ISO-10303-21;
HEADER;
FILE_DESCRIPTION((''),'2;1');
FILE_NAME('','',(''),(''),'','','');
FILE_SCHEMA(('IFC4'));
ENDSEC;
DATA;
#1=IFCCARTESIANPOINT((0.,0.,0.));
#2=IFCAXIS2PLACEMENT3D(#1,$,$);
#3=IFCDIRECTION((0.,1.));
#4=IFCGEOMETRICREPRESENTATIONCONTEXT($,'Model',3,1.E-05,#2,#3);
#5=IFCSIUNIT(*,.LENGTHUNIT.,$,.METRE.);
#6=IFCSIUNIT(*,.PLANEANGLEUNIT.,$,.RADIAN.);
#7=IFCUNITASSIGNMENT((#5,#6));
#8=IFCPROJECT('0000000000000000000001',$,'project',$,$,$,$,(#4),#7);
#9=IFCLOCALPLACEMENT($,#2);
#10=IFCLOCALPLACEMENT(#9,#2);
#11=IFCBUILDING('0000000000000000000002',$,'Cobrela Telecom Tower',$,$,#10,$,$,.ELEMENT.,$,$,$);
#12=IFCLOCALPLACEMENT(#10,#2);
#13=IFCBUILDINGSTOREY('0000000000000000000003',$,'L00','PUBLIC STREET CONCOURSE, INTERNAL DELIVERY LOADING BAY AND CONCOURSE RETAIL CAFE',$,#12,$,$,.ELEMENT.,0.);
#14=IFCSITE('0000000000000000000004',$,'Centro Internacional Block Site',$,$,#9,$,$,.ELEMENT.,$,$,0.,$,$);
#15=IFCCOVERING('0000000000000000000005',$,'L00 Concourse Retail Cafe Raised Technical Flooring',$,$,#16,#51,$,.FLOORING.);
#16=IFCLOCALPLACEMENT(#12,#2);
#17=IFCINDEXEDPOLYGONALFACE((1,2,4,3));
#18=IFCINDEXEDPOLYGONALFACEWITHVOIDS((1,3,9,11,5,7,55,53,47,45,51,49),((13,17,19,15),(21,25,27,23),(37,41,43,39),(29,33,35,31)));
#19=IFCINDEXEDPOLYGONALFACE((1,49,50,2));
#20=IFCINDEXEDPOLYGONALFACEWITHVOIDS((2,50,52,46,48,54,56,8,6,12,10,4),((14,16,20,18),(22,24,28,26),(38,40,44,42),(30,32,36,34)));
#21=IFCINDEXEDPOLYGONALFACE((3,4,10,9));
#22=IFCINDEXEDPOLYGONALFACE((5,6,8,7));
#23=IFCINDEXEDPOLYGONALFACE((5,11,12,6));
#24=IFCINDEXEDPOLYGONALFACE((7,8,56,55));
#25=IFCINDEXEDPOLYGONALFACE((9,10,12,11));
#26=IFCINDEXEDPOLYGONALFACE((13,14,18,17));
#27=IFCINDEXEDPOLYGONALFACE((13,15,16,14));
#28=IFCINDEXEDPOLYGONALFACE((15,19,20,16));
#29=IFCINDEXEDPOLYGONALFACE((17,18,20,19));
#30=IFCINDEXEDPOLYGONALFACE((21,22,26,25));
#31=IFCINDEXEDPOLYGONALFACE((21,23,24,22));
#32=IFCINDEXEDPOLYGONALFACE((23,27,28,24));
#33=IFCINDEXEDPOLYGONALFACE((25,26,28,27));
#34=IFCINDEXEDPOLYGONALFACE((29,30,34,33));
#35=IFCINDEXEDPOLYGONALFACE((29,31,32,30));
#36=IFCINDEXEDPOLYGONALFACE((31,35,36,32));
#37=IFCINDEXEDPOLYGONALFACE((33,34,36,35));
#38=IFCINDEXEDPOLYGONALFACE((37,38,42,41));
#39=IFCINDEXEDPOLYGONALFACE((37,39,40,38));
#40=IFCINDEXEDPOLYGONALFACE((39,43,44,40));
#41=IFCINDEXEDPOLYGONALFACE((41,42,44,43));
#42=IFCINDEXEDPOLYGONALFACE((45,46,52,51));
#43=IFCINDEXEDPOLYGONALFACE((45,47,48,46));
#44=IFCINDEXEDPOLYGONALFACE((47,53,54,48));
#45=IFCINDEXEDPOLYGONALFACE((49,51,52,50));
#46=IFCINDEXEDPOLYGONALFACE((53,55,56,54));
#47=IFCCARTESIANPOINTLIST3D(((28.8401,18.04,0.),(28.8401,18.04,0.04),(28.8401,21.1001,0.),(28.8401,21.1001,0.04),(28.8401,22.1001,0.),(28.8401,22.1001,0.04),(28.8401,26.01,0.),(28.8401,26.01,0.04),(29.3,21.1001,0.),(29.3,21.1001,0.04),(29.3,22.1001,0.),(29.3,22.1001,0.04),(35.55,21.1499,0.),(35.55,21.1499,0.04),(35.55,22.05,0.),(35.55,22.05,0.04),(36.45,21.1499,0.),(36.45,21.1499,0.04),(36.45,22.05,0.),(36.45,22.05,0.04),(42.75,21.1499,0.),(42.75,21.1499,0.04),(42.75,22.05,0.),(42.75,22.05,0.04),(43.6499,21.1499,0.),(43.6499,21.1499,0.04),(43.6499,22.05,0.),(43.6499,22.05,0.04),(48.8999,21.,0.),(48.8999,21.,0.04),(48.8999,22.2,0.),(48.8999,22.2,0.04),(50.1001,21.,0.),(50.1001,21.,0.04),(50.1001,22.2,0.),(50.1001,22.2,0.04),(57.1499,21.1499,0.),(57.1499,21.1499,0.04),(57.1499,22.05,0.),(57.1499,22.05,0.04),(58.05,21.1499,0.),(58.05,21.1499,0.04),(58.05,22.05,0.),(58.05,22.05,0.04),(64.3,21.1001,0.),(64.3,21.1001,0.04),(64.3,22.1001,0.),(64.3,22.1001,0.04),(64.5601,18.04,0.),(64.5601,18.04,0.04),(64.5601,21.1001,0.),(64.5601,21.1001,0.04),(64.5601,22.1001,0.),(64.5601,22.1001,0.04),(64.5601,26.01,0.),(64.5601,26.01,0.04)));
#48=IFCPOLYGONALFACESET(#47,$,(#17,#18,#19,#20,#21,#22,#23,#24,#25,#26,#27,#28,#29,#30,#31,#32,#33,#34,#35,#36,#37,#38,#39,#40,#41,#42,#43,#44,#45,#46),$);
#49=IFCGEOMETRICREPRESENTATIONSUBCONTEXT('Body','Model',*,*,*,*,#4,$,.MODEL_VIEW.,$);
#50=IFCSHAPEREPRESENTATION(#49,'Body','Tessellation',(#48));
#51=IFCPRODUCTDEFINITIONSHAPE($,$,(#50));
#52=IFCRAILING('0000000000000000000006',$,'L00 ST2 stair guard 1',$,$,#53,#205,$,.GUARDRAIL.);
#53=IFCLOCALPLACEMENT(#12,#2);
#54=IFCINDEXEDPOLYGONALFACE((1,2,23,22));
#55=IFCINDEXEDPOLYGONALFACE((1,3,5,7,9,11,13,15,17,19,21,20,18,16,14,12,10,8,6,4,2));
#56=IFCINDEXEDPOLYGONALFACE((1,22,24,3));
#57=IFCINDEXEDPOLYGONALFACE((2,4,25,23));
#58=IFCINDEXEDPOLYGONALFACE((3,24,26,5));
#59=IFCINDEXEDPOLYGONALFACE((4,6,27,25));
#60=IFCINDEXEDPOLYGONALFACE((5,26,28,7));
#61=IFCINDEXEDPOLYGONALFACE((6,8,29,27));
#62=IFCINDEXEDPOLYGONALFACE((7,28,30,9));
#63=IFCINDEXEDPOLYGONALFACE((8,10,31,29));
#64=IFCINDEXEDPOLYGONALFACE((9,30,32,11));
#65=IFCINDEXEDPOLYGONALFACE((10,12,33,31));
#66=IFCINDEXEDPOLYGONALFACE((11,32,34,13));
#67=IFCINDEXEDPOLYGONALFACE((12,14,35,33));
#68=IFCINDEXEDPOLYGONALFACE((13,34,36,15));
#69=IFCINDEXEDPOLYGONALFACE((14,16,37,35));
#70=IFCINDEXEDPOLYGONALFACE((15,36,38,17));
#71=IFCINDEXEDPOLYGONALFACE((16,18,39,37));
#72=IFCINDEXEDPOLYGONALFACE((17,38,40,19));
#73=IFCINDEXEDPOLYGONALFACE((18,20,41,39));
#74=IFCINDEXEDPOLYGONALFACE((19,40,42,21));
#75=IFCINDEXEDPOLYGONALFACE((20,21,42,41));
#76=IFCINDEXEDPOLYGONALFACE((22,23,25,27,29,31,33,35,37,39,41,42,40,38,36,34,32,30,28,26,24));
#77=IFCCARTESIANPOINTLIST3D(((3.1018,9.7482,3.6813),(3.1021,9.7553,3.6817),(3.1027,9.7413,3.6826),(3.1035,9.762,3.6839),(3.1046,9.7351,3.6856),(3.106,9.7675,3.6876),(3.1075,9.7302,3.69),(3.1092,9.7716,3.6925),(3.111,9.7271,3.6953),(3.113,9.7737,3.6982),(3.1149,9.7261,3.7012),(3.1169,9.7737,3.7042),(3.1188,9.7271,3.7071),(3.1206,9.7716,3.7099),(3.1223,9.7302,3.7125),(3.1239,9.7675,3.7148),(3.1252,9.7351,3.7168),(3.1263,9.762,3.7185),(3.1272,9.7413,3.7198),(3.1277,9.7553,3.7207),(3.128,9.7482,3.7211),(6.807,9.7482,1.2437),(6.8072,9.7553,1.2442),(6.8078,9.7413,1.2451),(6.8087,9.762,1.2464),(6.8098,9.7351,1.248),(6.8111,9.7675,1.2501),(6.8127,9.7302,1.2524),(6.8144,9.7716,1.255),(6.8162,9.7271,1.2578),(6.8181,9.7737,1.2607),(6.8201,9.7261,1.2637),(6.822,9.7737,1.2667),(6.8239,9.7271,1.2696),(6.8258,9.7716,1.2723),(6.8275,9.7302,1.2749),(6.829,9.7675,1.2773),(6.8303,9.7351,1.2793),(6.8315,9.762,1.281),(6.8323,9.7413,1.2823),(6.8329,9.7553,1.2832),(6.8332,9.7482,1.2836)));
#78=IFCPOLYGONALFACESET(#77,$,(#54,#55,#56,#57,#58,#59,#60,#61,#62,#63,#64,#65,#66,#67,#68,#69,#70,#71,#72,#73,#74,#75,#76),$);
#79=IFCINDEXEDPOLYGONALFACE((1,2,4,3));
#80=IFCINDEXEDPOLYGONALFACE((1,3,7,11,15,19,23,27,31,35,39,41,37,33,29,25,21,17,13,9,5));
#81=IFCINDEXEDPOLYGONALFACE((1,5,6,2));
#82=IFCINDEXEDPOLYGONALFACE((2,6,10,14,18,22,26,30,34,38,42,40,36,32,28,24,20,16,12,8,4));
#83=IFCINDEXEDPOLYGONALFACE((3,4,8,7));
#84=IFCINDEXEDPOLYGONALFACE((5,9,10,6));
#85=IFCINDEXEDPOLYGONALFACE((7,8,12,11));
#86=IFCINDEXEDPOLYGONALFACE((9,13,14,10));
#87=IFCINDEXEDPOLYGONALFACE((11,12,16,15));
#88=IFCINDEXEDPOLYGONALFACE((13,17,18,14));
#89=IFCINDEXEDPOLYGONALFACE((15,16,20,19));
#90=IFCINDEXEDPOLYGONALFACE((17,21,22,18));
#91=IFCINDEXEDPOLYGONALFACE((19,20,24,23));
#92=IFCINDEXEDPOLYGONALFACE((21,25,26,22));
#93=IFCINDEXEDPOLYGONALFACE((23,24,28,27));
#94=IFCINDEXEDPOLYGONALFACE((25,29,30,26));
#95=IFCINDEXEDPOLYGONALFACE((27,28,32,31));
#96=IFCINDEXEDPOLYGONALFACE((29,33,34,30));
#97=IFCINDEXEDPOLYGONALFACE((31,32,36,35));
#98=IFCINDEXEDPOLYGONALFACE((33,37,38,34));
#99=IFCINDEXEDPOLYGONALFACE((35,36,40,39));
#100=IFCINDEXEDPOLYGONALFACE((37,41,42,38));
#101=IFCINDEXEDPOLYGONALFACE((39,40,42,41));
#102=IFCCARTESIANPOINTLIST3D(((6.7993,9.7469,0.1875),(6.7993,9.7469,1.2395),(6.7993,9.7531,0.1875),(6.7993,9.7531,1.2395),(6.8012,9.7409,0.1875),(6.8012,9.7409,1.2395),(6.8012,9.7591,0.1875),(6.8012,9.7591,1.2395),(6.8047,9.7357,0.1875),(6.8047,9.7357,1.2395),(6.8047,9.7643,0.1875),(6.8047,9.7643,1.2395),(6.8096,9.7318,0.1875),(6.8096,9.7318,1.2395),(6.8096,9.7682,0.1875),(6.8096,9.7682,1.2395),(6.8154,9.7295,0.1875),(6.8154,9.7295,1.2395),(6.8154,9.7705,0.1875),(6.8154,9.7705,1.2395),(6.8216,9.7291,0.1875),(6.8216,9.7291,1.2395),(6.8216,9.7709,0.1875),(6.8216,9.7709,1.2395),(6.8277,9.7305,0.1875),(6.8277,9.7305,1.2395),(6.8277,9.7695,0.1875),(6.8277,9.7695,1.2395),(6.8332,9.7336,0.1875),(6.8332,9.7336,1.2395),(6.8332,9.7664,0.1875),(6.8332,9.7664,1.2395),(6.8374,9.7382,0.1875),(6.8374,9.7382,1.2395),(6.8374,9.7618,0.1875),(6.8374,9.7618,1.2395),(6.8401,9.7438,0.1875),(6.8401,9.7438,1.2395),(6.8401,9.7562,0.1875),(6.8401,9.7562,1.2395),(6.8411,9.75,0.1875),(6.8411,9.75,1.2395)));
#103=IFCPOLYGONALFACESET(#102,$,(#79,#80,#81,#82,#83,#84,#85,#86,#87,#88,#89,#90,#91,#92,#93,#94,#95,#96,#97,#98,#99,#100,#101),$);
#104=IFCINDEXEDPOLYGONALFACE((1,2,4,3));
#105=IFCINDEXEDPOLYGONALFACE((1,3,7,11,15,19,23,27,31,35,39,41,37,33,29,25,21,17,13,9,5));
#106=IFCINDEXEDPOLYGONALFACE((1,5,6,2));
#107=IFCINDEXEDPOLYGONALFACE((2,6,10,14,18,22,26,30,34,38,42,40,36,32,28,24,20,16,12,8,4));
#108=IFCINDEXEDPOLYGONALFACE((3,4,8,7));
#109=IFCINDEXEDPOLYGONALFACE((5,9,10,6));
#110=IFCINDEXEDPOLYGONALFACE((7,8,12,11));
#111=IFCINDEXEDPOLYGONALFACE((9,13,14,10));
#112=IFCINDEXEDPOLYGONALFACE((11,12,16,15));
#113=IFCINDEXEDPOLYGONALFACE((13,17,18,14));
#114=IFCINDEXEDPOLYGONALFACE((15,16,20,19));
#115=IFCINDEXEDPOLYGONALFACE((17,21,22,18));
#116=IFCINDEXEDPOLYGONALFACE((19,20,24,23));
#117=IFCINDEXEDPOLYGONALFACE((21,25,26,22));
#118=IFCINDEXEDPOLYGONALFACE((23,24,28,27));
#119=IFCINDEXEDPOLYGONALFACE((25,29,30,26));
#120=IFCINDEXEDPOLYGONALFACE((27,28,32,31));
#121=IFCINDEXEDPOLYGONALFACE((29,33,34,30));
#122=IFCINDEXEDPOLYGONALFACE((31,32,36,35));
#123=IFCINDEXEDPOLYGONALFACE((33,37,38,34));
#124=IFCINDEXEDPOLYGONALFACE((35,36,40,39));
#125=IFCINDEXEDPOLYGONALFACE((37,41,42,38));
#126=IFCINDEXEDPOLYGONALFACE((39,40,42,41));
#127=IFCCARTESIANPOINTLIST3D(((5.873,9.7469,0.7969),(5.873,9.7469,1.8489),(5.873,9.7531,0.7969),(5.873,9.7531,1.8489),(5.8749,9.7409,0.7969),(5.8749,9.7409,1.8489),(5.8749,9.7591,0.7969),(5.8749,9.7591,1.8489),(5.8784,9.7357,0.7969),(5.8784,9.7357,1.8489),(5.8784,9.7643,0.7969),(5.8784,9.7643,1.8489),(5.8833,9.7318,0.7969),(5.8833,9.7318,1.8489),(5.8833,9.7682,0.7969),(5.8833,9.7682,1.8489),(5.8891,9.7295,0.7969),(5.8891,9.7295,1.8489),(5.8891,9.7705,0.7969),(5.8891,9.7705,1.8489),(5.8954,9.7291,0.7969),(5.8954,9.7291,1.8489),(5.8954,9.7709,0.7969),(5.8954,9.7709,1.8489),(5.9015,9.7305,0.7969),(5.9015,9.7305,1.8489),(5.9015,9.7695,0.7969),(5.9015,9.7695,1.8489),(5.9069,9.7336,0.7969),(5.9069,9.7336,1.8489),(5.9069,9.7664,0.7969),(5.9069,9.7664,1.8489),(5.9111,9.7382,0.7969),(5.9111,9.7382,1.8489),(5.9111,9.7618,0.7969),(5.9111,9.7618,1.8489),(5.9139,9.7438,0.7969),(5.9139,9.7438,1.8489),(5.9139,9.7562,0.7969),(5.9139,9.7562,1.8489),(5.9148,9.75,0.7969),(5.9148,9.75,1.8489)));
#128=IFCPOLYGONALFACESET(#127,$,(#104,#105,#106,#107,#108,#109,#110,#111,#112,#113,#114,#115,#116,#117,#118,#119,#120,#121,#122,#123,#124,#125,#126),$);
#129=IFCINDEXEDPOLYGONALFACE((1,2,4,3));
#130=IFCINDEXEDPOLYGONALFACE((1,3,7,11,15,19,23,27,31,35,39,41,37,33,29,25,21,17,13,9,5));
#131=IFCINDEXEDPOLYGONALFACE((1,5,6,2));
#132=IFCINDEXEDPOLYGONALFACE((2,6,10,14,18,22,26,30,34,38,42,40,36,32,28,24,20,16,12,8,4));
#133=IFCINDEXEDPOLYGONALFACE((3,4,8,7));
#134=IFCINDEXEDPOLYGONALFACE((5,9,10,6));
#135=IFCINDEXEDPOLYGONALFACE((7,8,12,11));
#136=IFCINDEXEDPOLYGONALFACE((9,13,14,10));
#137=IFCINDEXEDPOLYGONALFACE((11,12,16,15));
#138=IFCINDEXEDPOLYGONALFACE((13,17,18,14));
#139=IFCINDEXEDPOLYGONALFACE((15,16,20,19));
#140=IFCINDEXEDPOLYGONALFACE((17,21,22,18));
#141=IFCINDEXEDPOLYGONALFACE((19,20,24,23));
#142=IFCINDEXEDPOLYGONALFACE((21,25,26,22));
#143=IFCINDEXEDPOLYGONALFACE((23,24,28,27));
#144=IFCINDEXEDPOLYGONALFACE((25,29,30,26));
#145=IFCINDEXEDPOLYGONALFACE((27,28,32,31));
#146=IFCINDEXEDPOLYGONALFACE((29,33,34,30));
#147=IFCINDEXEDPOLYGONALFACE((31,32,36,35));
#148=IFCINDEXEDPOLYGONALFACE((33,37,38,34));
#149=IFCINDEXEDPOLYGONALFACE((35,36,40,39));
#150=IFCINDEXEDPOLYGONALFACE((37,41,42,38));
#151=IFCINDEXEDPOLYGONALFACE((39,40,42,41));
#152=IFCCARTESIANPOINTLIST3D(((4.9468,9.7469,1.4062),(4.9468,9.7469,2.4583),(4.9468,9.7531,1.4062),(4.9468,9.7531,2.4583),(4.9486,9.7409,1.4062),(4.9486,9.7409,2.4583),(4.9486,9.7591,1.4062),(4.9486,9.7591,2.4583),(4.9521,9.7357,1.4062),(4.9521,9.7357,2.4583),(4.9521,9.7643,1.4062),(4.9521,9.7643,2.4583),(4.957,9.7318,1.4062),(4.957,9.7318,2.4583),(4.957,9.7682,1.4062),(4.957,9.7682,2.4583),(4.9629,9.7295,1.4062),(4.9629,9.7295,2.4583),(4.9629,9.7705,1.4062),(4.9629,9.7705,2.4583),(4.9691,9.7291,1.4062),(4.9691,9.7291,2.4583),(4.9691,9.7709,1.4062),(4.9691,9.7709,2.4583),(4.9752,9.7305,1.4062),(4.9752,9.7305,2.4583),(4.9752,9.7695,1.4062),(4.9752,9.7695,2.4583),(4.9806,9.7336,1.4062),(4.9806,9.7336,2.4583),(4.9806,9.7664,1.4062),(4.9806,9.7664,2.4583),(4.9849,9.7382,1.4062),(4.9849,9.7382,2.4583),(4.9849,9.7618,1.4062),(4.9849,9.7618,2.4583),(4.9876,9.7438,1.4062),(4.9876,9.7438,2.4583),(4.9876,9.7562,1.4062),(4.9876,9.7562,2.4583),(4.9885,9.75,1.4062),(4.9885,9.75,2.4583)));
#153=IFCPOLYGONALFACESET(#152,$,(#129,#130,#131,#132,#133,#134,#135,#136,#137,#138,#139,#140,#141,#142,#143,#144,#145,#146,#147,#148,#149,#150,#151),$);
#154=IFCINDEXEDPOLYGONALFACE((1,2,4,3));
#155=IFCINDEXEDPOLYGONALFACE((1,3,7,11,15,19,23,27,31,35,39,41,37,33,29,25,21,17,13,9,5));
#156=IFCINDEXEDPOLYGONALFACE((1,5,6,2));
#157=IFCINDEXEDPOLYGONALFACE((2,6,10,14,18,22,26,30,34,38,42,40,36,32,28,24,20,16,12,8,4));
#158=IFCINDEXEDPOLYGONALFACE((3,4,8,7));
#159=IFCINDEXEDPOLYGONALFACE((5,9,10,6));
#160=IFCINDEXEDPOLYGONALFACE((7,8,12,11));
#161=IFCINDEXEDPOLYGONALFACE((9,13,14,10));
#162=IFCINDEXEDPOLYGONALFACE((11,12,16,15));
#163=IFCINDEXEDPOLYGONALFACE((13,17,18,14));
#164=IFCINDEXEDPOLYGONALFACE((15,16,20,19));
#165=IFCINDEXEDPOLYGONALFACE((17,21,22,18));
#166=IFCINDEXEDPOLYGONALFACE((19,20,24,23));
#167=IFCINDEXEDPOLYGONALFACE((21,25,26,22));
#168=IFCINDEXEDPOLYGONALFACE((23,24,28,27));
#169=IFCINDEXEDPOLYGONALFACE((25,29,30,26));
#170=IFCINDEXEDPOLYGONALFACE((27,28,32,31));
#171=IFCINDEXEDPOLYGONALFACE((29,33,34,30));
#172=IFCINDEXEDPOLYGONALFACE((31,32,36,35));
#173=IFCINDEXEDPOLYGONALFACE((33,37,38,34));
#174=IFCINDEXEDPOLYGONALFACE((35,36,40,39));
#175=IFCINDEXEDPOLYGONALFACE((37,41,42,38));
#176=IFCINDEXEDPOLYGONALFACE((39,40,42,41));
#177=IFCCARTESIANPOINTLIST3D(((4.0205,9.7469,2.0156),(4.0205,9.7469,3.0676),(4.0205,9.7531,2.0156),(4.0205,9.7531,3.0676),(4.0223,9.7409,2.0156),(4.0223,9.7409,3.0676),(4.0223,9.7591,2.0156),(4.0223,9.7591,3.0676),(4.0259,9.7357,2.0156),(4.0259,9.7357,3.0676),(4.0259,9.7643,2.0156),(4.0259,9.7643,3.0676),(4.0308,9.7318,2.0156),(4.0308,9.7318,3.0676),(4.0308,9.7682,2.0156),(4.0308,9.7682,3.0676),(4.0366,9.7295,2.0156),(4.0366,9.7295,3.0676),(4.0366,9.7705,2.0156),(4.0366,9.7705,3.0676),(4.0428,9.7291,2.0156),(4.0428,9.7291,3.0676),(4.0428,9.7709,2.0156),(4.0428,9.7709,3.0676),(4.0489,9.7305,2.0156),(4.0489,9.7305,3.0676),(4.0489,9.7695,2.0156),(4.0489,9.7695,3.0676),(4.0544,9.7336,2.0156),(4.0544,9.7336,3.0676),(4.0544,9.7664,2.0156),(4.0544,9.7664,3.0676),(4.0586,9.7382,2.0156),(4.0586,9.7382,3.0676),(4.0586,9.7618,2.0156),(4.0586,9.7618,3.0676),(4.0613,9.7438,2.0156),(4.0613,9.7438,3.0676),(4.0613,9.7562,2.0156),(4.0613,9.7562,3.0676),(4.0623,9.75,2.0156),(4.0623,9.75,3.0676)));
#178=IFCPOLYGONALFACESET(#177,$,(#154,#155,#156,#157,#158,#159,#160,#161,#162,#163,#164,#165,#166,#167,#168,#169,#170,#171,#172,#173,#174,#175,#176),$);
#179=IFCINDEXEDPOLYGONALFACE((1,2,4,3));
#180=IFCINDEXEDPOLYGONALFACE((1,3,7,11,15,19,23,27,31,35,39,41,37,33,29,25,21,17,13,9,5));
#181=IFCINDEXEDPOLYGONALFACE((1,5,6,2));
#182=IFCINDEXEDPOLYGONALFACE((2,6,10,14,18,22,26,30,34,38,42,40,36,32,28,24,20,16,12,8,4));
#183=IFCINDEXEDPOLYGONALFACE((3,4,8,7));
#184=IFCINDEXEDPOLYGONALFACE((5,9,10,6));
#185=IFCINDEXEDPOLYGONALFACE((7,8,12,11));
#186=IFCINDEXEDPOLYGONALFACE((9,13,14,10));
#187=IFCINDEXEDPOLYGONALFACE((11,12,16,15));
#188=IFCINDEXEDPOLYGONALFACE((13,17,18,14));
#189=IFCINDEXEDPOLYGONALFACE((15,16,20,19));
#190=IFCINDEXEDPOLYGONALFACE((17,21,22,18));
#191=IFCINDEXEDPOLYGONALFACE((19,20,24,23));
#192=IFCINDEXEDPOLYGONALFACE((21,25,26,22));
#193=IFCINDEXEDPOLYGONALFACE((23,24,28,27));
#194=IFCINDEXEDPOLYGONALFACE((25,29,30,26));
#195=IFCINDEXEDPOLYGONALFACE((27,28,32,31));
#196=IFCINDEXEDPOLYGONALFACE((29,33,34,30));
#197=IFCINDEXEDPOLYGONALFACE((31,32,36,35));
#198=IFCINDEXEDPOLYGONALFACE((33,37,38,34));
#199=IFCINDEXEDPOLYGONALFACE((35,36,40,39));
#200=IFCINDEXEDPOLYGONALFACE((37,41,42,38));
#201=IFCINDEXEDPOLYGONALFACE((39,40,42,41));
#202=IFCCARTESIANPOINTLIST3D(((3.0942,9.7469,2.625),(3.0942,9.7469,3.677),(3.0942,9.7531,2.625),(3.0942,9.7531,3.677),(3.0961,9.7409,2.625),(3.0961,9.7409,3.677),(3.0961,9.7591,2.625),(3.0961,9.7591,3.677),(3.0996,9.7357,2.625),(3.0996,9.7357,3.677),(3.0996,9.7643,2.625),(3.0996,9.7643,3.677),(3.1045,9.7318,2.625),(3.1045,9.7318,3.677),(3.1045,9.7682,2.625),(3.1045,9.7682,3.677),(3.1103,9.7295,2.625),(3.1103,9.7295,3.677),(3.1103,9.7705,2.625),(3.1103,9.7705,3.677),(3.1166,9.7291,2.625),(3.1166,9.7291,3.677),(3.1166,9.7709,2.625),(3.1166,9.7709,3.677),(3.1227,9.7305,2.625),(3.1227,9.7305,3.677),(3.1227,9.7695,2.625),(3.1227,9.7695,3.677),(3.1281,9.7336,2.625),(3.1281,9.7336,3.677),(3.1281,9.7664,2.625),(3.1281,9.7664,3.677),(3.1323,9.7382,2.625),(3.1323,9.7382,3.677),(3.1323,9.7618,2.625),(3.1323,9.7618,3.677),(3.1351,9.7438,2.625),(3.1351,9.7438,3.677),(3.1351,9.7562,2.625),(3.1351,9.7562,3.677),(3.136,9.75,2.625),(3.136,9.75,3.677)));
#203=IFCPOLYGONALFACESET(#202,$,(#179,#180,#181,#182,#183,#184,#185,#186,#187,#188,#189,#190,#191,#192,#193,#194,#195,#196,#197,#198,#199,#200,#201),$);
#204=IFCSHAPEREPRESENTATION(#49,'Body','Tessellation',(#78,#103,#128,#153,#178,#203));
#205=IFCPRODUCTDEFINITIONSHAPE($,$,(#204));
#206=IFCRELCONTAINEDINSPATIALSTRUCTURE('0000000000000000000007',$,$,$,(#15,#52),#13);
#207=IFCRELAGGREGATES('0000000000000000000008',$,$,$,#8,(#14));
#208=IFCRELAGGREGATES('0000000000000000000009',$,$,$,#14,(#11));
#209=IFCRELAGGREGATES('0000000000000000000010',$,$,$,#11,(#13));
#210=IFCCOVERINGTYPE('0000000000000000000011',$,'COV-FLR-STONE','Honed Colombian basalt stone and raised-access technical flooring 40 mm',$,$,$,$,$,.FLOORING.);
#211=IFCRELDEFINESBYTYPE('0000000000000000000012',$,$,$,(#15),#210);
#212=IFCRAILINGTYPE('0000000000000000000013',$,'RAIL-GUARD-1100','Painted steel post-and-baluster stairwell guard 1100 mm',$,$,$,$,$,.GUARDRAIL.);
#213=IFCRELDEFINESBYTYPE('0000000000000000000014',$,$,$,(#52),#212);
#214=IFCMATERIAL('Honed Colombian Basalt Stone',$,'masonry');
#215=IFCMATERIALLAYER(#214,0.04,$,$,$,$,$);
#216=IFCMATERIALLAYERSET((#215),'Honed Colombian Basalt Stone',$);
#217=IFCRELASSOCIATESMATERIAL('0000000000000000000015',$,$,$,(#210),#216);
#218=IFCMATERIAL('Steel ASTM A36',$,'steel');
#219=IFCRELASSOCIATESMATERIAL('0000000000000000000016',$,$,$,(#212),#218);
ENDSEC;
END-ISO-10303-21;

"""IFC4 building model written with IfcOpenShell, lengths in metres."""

from ifc_helpers import new_model, si_unit, direction, frame, origin, origin_2d, place, context, subcontext, project, spatial, polyline, circle, outline, extrude, material, layer, layer_set, type_object, element, save


model = new_model("IFC4")

# Units and contexts
model_context = context("Model", 3, precision=1e-05, world=origin(), true_north=direction((0.0, 1.0)))
body_context = subcontext(model_context, "Body", "Model", "MODEL_VIEW")
ifc_project = project(units=[si_unit("LENGTHUNIT", "METRE"), si_unit("PLANEANGLEUNIT", "RADIAN")], contexts=[model_context])

# Site, building, storey
site_placement = place(None, origin())
site = spatial("IfcSite", under=ifc_project, at=site_placement, Name="Centro Internacional Block Site", CompositionType="ELEMENT", RefElevation=0.0)
building_placement = place(site_placement, origin())
building = spatial("IfcBuilding", under=site, at=building_placement, Name="Cobrela Telecom Tower", CompositionType="ELEMENT")
storey_placement = place(building_placement, origin())
storey = spatial("IfcBuildingStorey", under=building, at=storey_placement, Name="L00", Description="PUBLIC STREET CONCOURSE, INTERNAL DELIVERY LOADING BAY AND CONCOURSE RETAIL CAFE", CompositionType="ELEMENT", Elevation=0.0)

# Shared definitions
ifc_material_1 = material(Name="Steel ASTM A36", Category="steel")

# Covering
ifc_material_2 = material(Name="Honed Colombian Basalt Stone", Category="masonry")
ifc_layer_1 = layer(ifc_material_2, 0.04)
ifc_layer_set_1 = layer_set([ifc_layer_1], Name="Honed Colombian Basalt Stone")
covering_type_1 = type_object("IfcCoveringType", Name="COV-FLR-STONE", Description="Honed Colombian basalt stone and raised-access technical flooring 40 mm", PredefinedType="FLOORING", material=ifc_layer_set_1)
covering_1_placement = place(storey_placement, origin())
element("IfcCovering", 1, at=covering_1_placement, inside=storey, type_object=covering_type_1, Name="L00 Concourse Retail Cafe Raised Technical Flooring", PredefinedType="FLOORING", context=body_context, shape_type="SweptSolid", body=[
    extrude(outline(polyline([(29.3, 22.1001), (28.8401, 22.1001), (28.8401, 26.01), (64.5601, 26.01), (64.5601, 22.1001), (64.3, 22.1001), (64.3, 21.1001), (64.5601, 21.1001), (64.5601, 18.04), (28.8401, 18.04), (28.8401, 21.1001), (29.3, 21.1001), (29.3, 22.1001)]), holes=[polyline([(35.55, 21.1499), (36.45, 21.1499), (36.45, 22.05), (35.55, 22.05), (35.55, 21.1499)]), polyline([(42.75, 21.1499), (43.6499, 21.1499), (43.6499, 22.05), (42.75, 22.05), (42.75, 21.1499)]), polyline([(50.1001, 21.0), (50.1001, 22.2), (48.8999, 22.2), (48.8999, 21.0), (50.1001, 21.0)]), polyline([(57.1499, 21.1499), (58.05, 21.1499), (58.05, 22.05), (57.1499, 22.05), (57.1499, 21.1499)])]), origin(), (0.0, 0.0, 1.0), 0.04),
])

# Railing
railing_type_1 = type_object("IfcRailingType", Name="RAIL-GUARD-1100", Description="Painted steel post-and-baluster stairwell guard 1100 mm", PredefinedType="GUARDRAIL", material=ifc_material_1)
railing_1_placement = place(storey_placement, frame((6.8201, 9.75, 0.1875)))
element("IfcRailing", 2, at=railing_1_placement, inside=storey, type_object=railing_type_1, Name="L00 ST2 stair guard 1", PredefinedType="GUARDRAIL", context=body_context, shape_type="SweptSolid", body=[
    extrude(circle(Radius=0.0239, at=origin_2d()), frame((0.0, 0.0, 1.0762), z_axis=(-0.835422, 0.0, 0.549608), x_axis=(0.0, -1.0, 0.0)), (0.0, 0.0, 1.0), 4.4351),
    extrude(circle(Radius=0.021, at=origin_2d()), origin(), (0.0, 0.0, 1.0), 1.052),
    extrude(circle(Radius=0.021, at=origin_2d()), frame((-0.9263, 0.0, 0.6094)), (0.0, 0.0, 1.0), 1.052),
    extrude(circle(Radius=0.021, at=origin_2d()), frame((-1.8525, 0.0, 1.2188)), (0.0, 0.0, 1.0), 1.052),
    extrude(circle(Radius=0.021, at=origin_2d()), frame((-2.7788, 0.0, 1.8281)), (0.0, 0.0, 1.0), 1.052),
    extrude(circle(Radius=0.021, at=origin_2d()), frame((-3.7051, 0.0, 2.4375)), (0.0, 0.0, 1.0), 1.052),
])

save(model, "model.ifc")
